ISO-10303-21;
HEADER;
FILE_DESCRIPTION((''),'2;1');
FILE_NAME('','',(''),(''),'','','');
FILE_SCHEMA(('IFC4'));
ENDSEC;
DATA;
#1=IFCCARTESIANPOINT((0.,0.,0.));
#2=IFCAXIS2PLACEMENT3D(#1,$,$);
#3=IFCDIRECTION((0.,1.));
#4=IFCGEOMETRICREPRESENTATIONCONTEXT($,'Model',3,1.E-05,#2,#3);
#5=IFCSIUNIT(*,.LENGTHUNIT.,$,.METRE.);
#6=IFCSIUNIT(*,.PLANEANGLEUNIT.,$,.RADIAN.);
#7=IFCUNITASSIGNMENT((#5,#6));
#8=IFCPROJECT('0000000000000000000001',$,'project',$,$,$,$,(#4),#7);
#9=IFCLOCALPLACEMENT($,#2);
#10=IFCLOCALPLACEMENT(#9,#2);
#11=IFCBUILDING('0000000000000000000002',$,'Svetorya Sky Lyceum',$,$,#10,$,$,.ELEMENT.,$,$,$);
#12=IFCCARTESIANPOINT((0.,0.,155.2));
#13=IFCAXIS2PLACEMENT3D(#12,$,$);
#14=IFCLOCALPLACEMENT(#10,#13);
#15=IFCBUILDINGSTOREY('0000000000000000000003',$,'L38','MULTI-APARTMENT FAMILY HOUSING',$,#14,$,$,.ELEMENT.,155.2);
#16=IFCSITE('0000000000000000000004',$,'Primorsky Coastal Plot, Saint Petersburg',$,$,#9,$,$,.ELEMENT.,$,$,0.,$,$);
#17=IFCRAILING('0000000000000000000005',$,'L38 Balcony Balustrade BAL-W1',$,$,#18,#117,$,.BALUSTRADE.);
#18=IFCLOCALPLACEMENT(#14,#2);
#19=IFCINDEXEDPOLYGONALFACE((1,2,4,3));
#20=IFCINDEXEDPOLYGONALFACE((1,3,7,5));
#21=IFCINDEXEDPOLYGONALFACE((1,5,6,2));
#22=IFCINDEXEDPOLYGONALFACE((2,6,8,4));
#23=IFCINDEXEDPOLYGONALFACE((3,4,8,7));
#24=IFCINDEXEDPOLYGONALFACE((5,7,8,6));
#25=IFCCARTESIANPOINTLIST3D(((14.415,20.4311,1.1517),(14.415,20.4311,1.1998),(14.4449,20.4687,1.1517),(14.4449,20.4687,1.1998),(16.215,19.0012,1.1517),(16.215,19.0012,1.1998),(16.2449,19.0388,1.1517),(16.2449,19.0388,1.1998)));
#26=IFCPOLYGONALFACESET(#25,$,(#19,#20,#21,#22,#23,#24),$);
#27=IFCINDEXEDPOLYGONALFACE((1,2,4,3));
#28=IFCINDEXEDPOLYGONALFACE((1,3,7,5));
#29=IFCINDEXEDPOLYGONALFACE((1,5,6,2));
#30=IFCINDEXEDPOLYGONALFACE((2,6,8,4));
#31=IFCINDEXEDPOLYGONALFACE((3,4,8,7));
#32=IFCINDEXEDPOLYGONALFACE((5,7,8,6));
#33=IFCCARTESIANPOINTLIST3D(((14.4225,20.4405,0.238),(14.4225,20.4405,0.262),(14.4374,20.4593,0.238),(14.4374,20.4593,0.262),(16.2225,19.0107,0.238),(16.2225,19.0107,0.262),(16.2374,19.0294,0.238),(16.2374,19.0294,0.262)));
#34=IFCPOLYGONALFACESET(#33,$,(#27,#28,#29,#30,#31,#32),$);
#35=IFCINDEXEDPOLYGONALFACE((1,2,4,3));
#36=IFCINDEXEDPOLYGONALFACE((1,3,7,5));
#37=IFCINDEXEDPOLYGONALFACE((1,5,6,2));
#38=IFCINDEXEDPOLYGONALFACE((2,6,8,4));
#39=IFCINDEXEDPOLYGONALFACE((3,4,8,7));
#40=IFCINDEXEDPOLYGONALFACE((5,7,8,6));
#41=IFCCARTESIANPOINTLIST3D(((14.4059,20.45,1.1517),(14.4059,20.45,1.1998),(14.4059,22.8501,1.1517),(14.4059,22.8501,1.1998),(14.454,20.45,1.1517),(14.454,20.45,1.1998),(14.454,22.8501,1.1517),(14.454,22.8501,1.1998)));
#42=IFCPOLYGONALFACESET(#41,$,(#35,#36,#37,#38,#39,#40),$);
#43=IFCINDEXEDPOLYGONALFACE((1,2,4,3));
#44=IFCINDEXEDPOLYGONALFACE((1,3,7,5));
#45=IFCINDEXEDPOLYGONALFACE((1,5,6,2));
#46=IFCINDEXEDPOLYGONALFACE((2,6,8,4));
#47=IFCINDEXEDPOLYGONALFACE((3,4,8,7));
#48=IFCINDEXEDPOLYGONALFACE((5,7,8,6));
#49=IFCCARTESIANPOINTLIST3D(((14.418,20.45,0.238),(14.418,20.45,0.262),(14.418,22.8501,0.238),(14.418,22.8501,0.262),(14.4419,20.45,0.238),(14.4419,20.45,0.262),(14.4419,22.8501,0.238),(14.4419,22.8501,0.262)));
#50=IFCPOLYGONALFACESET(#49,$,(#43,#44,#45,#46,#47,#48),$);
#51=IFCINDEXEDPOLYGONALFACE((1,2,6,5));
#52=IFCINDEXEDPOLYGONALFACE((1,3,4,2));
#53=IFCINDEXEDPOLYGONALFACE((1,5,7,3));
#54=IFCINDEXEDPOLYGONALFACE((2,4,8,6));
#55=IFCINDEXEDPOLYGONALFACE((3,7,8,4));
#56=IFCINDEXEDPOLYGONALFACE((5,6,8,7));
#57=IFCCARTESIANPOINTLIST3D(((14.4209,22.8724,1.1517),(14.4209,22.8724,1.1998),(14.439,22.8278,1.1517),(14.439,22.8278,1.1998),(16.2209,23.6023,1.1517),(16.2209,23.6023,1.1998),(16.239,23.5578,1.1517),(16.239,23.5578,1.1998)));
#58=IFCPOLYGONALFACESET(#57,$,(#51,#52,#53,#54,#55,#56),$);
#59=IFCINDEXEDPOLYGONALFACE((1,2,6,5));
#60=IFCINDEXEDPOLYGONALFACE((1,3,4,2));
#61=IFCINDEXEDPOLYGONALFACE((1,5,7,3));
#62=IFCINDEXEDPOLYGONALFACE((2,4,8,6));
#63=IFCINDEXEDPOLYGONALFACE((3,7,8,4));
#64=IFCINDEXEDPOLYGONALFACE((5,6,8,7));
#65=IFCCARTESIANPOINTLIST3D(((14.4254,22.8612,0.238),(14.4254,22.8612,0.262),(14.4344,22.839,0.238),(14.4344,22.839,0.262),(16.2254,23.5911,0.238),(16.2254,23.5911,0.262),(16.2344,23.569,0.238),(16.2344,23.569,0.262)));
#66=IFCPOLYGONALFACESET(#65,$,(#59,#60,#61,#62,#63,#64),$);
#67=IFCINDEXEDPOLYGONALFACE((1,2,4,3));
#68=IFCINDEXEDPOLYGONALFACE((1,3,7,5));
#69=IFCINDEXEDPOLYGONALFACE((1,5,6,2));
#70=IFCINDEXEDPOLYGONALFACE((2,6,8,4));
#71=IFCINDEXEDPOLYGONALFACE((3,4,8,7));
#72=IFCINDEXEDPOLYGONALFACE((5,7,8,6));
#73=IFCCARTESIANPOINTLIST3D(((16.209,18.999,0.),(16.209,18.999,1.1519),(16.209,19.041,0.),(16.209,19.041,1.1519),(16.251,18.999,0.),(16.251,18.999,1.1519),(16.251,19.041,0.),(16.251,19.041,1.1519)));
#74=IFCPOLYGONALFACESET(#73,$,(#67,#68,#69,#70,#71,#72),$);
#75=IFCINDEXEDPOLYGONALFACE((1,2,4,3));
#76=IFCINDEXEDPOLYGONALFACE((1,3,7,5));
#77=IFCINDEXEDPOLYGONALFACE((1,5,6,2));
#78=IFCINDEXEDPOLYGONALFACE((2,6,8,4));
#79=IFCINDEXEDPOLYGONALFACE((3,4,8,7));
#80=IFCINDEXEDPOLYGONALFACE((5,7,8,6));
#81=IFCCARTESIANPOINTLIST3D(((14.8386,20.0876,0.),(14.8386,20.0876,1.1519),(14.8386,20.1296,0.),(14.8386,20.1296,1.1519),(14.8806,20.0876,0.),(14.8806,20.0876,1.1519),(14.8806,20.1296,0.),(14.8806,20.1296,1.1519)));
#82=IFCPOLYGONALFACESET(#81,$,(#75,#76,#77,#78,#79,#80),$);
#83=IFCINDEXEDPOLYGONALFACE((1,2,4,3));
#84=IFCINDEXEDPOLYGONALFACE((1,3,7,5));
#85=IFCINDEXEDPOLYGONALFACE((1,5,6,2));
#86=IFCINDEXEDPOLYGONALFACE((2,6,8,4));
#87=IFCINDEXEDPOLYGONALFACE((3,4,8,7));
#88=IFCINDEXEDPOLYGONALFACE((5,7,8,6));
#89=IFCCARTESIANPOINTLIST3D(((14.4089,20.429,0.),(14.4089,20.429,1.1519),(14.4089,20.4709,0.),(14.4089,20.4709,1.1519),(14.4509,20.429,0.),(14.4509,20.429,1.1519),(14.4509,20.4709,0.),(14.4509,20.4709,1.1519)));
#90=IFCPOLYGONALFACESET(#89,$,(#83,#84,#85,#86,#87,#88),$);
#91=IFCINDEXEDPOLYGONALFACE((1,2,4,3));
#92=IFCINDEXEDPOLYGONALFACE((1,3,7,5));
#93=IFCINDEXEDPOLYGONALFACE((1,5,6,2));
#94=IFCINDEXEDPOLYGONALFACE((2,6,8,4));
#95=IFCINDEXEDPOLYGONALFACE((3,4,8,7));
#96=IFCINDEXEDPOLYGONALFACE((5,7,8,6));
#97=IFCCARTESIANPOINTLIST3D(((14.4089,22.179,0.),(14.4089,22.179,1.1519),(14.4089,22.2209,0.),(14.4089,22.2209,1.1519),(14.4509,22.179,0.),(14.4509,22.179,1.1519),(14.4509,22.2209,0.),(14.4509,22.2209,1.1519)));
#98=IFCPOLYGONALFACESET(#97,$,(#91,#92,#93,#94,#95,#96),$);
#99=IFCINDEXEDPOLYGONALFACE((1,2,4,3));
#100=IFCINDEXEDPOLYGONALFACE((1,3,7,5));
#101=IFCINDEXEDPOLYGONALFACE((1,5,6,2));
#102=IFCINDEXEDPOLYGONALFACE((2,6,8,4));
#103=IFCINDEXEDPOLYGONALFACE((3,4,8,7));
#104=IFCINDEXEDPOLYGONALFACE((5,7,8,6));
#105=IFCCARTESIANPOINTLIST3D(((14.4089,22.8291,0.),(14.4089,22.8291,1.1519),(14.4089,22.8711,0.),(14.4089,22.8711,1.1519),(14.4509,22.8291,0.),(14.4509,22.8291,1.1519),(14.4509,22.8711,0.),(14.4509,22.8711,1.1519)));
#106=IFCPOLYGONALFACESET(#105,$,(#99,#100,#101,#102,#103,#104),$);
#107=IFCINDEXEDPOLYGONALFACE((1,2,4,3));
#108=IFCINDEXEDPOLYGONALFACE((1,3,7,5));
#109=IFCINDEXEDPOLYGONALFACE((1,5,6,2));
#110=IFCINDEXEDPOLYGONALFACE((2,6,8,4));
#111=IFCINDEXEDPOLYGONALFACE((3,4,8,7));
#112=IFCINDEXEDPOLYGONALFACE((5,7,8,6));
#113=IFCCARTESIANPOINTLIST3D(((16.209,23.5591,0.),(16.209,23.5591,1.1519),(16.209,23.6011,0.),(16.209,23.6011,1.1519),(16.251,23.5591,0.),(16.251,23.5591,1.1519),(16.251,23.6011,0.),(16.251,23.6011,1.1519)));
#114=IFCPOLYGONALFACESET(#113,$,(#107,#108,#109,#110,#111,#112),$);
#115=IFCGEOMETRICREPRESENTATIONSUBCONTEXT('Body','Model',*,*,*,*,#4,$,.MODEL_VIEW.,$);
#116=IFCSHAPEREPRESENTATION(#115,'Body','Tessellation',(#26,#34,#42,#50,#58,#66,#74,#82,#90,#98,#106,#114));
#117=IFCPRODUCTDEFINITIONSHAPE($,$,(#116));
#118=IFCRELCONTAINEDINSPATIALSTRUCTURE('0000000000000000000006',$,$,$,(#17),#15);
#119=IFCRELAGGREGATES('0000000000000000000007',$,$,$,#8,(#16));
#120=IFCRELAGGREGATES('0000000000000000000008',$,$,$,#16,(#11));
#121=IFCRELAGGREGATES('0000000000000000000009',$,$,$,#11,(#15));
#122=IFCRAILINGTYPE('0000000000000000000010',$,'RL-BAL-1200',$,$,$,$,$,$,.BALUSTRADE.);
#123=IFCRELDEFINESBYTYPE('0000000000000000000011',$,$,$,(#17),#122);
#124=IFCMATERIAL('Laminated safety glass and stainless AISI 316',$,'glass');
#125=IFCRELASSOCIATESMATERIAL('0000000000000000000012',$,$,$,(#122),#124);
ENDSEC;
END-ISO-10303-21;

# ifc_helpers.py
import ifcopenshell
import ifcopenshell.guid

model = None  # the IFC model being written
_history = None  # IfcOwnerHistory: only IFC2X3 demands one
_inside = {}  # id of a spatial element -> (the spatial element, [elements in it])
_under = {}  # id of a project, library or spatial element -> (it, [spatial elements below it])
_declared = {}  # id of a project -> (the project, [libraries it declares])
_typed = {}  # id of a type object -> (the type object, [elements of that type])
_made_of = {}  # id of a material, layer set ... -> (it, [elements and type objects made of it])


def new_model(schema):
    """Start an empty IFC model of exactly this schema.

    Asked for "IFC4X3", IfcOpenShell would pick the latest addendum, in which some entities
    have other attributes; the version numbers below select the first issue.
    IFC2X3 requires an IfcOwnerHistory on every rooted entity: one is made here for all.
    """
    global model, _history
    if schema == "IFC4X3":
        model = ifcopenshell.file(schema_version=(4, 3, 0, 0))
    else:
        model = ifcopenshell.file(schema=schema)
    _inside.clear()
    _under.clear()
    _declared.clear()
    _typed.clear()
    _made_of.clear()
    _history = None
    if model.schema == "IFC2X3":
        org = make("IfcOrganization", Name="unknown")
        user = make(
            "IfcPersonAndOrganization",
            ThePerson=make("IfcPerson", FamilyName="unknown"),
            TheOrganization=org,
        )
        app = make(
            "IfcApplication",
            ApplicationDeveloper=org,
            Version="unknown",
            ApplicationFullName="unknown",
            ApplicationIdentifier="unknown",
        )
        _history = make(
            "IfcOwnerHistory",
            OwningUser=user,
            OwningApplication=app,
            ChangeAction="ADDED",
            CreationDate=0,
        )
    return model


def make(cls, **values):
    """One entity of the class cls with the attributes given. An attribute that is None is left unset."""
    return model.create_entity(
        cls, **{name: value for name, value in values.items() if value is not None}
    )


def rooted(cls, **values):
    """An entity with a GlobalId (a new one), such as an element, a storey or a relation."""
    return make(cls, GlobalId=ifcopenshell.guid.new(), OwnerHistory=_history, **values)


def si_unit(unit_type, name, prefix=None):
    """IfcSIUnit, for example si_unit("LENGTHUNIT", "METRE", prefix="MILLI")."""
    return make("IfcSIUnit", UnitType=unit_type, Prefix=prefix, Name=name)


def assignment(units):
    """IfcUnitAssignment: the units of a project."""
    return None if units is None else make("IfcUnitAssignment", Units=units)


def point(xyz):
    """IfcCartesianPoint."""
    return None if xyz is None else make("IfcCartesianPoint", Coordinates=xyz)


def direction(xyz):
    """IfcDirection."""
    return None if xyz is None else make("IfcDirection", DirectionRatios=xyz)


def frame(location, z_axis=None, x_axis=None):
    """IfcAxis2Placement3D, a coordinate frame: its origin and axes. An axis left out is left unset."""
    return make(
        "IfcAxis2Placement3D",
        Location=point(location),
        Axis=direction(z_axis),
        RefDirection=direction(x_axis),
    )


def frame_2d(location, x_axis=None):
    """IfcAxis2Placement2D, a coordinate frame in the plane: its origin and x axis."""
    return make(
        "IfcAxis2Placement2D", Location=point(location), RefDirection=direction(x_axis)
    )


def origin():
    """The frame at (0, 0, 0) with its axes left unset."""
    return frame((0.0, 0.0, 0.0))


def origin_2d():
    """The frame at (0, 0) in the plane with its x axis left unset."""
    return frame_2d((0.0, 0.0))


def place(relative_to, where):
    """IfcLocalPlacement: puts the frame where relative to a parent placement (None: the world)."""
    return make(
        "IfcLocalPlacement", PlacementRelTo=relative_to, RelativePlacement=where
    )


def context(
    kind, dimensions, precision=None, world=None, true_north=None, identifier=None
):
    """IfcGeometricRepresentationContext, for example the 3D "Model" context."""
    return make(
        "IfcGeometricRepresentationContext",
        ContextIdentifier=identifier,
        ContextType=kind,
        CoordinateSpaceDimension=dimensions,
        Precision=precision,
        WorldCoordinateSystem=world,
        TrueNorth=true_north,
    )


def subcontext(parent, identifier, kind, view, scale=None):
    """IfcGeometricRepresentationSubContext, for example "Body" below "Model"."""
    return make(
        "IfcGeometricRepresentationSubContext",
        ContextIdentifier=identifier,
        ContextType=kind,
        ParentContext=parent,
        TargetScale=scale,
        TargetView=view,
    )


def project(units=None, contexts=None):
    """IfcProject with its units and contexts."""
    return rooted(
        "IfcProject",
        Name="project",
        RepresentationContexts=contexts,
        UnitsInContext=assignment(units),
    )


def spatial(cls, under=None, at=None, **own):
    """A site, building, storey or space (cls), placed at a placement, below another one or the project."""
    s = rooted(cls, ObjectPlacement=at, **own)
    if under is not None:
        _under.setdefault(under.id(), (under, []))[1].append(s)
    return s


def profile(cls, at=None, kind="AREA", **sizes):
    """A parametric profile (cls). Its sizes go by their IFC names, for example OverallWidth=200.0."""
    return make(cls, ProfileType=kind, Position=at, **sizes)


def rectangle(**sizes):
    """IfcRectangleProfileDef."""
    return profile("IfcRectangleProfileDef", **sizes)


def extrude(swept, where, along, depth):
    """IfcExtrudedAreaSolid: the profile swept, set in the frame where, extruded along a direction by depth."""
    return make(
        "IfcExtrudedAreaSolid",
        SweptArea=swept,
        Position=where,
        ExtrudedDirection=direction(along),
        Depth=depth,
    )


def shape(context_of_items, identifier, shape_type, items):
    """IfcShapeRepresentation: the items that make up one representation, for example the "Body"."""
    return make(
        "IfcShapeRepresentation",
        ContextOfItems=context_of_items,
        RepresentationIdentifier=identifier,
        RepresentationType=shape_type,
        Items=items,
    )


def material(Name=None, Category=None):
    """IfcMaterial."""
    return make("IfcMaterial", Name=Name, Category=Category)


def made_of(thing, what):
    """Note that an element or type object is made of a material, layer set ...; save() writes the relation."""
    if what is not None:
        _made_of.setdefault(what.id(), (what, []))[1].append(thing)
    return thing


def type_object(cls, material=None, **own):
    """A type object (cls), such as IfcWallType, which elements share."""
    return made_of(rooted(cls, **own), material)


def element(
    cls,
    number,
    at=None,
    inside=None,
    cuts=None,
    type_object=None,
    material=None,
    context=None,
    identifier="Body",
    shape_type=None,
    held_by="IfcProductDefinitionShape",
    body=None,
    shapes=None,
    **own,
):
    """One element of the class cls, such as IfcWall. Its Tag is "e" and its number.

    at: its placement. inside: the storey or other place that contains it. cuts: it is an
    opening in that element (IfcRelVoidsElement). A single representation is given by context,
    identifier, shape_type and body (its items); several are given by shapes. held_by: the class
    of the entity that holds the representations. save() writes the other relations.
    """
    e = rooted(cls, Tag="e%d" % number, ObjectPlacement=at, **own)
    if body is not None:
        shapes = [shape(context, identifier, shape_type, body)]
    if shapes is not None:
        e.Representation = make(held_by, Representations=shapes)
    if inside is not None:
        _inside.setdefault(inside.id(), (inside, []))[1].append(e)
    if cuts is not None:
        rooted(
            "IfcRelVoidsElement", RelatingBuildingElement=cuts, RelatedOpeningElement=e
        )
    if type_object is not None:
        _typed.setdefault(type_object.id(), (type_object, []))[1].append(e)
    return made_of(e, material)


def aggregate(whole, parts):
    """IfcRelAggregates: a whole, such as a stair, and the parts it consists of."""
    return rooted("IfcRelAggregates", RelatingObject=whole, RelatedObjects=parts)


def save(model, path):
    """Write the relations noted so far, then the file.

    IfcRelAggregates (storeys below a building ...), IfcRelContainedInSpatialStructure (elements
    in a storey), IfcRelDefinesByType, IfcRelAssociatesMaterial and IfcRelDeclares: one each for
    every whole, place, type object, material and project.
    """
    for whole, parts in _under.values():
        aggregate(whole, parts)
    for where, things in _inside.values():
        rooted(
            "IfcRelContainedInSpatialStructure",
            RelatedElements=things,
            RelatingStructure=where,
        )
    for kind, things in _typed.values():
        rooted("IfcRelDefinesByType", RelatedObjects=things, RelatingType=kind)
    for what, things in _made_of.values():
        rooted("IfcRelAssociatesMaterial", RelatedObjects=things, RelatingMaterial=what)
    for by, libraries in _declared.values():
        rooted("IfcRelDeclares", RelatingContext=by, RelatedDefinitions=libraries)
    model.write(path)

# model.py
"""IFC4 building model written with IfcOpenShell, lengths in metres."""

from ifc_helpers import new_model, si_unit, direction, frame, origin, origin_2d, place, context, subcontext, project, spatial, rectangle, extrude, material, type_object, element, save


model = new_model("IFC4")

# Units and contexts
model_context = context("Model", 3, precision=1e-05, world=origin(), true_north=direction((0.0, 1.0)))
body_context = subcontext(model_context, "Body", "Model", "MODEL_VIEW")
ifc_project = project(units=[si_unit("LENGTHUNIT", "METRE"), si_unit("PLANEANGLEUNIT", "RADIAN")], contexts=[model_context])

# Site, building, storey
site_placement = place(None, origin())
site = spatial("IfcSite", under=ifc_project, at=site_placement, Name="Primorsky Coastal Plot, Saint Petersburg", CompositionType="ELEMENT", RefElevation=0.0)
building_placement = place(site_placement, origin())
building = spatial("IfcBuilding", under=site, at=building_placement, Name="Svetorya Sky Lyceum", CompositionType="ELEMENT")
storey_placement = place(building_placement, frame((0.0, 0.0, 155.2)))
storey = spatial("IfcBuildingStorey", under=building, at=storey_placement, Name="L38", Description="MULTI-APARTMENT FAMILY HOUSING", CompositionType="ELEMENT", Elevation=155.2)

# Railing
ifc_material_1 = material(Name="Laminated safety glass and stainless AISI 316", Category="glass")
railing_type = type_object("IfcRailingType", Name="RL-BAL-1200", PredefinedType="BALUSTRADE", material=ifc_material_1)
railing_placement = place(storey_placement, frame((16.23, 19.02, 0.0)))
element("IfcRailing", 1, at=railing_placement, inside=storey, type_object=railing_type, Name="L38 Balcony Balustrade BAL-W1", PredefinedType="BALUSTRADE", context=body_context, shape_type="SweptSolid", body=[
    extrude(rectangle(XDim=0.0481, YDim=0.0481, at=origin_2d()), frame((0.0, 0.0, 1.1758), z_axis=(-0.783009, 0.62201, 0.0), x_axis=(-0.62201, -0.783009, 0.0)), (0.0, 0.0, 1.0), 2.2988),
    extrude(rectangle(XDim=0.0239, YDim=0.0239, at=origin_2d()), frame((0.0, 0.0, 0.25), z_axis=(-0.783009, 0.62201, 0.0), x_axis=(-0.62201, -0.783009, 0.0)), (0.0, 0.0, 1.0), 2.2988),
    extrude(rectangle(XDim=0.0481, YDim=0.0481, at=origin_2d()), frame((-1.8, 1.4299, 1.1758), z_axis=(0.0, 1.0, 0.0), x_axis=(-1.0, 0.0, 0.0)), (0.0, 0.0, 1.0), 2.4001),
    extrude(rectangle(XDim=0.0239, YDim=0.0239, at=origin_2d()), frame((-1.8, 1.4299, 0.25), z_axis=(0.0, 1.0, 0.0), x_axis=(-1.0, 0.0, 0.0)), (0.0, 0.0, 1.0), 2.4001),
    extrude(rectangle(XDim=0.0481, YDim=0.0481, at=origin_2d()), frame((-1.8, 3.8301, 1.1758), z_axis=(0.926698, 0.375807, 0.0), x_axis=(-0.375807, 0.926698, 0.0)), (0.0, 0.0, 1.0), 1.9424),
    extrude(rectangle(XDim=0.0239, YDim=0.0239, at=origin_2d()), frame((-1.8, 3.8301, 0.25), z_axis=(0.926698, 0.375807, 0.0), x_axis=(-0.375807, 0.926698, 0.0)), (0.0, 0.0, 1.0), 1.9424),
    extrude(rectangle(XDim=0.042, YDim=0.042, at=origin_2d()), origin(), (0.0, 0.0, 1.0), 1.1519),
    extrude(rectangle(XDim=0.042, YDim=0.042, at=origin_2d()), frame((-1.3704, 1.0886, 0.0)), (0.0, 0.0, 1.0), 1.1519),
    extrude(rectangle(XDim=0.042, YDim=0.042, at=origin_2d()), frame((-1.8, 1.4299, 0.0)), (0.0, 0.0, 1.0), 1.1519),
    extrude(rectangle(XDim=0.042, YDim=0.042, at=origin_2d()), frame((-1.8, 3.1799, 0.0)), (0.0, 0.0, 1.0), 1.1519),
    extrude(rectangle(XDim=0.042, YDim=0.042, at=origin_2d()), frame((-1.8, 3.8301, 0.0)), (0.0, 0.0, 1.0), 1.1519),
    extrude(rectangle(XDim=0.042, YDim=0.042, at=origin_2d()), frame((0.0, 4.5601, 0.0)), (0.0, 0.0, 1.0), 1.1519),
])

save(model, "model.ifc")
